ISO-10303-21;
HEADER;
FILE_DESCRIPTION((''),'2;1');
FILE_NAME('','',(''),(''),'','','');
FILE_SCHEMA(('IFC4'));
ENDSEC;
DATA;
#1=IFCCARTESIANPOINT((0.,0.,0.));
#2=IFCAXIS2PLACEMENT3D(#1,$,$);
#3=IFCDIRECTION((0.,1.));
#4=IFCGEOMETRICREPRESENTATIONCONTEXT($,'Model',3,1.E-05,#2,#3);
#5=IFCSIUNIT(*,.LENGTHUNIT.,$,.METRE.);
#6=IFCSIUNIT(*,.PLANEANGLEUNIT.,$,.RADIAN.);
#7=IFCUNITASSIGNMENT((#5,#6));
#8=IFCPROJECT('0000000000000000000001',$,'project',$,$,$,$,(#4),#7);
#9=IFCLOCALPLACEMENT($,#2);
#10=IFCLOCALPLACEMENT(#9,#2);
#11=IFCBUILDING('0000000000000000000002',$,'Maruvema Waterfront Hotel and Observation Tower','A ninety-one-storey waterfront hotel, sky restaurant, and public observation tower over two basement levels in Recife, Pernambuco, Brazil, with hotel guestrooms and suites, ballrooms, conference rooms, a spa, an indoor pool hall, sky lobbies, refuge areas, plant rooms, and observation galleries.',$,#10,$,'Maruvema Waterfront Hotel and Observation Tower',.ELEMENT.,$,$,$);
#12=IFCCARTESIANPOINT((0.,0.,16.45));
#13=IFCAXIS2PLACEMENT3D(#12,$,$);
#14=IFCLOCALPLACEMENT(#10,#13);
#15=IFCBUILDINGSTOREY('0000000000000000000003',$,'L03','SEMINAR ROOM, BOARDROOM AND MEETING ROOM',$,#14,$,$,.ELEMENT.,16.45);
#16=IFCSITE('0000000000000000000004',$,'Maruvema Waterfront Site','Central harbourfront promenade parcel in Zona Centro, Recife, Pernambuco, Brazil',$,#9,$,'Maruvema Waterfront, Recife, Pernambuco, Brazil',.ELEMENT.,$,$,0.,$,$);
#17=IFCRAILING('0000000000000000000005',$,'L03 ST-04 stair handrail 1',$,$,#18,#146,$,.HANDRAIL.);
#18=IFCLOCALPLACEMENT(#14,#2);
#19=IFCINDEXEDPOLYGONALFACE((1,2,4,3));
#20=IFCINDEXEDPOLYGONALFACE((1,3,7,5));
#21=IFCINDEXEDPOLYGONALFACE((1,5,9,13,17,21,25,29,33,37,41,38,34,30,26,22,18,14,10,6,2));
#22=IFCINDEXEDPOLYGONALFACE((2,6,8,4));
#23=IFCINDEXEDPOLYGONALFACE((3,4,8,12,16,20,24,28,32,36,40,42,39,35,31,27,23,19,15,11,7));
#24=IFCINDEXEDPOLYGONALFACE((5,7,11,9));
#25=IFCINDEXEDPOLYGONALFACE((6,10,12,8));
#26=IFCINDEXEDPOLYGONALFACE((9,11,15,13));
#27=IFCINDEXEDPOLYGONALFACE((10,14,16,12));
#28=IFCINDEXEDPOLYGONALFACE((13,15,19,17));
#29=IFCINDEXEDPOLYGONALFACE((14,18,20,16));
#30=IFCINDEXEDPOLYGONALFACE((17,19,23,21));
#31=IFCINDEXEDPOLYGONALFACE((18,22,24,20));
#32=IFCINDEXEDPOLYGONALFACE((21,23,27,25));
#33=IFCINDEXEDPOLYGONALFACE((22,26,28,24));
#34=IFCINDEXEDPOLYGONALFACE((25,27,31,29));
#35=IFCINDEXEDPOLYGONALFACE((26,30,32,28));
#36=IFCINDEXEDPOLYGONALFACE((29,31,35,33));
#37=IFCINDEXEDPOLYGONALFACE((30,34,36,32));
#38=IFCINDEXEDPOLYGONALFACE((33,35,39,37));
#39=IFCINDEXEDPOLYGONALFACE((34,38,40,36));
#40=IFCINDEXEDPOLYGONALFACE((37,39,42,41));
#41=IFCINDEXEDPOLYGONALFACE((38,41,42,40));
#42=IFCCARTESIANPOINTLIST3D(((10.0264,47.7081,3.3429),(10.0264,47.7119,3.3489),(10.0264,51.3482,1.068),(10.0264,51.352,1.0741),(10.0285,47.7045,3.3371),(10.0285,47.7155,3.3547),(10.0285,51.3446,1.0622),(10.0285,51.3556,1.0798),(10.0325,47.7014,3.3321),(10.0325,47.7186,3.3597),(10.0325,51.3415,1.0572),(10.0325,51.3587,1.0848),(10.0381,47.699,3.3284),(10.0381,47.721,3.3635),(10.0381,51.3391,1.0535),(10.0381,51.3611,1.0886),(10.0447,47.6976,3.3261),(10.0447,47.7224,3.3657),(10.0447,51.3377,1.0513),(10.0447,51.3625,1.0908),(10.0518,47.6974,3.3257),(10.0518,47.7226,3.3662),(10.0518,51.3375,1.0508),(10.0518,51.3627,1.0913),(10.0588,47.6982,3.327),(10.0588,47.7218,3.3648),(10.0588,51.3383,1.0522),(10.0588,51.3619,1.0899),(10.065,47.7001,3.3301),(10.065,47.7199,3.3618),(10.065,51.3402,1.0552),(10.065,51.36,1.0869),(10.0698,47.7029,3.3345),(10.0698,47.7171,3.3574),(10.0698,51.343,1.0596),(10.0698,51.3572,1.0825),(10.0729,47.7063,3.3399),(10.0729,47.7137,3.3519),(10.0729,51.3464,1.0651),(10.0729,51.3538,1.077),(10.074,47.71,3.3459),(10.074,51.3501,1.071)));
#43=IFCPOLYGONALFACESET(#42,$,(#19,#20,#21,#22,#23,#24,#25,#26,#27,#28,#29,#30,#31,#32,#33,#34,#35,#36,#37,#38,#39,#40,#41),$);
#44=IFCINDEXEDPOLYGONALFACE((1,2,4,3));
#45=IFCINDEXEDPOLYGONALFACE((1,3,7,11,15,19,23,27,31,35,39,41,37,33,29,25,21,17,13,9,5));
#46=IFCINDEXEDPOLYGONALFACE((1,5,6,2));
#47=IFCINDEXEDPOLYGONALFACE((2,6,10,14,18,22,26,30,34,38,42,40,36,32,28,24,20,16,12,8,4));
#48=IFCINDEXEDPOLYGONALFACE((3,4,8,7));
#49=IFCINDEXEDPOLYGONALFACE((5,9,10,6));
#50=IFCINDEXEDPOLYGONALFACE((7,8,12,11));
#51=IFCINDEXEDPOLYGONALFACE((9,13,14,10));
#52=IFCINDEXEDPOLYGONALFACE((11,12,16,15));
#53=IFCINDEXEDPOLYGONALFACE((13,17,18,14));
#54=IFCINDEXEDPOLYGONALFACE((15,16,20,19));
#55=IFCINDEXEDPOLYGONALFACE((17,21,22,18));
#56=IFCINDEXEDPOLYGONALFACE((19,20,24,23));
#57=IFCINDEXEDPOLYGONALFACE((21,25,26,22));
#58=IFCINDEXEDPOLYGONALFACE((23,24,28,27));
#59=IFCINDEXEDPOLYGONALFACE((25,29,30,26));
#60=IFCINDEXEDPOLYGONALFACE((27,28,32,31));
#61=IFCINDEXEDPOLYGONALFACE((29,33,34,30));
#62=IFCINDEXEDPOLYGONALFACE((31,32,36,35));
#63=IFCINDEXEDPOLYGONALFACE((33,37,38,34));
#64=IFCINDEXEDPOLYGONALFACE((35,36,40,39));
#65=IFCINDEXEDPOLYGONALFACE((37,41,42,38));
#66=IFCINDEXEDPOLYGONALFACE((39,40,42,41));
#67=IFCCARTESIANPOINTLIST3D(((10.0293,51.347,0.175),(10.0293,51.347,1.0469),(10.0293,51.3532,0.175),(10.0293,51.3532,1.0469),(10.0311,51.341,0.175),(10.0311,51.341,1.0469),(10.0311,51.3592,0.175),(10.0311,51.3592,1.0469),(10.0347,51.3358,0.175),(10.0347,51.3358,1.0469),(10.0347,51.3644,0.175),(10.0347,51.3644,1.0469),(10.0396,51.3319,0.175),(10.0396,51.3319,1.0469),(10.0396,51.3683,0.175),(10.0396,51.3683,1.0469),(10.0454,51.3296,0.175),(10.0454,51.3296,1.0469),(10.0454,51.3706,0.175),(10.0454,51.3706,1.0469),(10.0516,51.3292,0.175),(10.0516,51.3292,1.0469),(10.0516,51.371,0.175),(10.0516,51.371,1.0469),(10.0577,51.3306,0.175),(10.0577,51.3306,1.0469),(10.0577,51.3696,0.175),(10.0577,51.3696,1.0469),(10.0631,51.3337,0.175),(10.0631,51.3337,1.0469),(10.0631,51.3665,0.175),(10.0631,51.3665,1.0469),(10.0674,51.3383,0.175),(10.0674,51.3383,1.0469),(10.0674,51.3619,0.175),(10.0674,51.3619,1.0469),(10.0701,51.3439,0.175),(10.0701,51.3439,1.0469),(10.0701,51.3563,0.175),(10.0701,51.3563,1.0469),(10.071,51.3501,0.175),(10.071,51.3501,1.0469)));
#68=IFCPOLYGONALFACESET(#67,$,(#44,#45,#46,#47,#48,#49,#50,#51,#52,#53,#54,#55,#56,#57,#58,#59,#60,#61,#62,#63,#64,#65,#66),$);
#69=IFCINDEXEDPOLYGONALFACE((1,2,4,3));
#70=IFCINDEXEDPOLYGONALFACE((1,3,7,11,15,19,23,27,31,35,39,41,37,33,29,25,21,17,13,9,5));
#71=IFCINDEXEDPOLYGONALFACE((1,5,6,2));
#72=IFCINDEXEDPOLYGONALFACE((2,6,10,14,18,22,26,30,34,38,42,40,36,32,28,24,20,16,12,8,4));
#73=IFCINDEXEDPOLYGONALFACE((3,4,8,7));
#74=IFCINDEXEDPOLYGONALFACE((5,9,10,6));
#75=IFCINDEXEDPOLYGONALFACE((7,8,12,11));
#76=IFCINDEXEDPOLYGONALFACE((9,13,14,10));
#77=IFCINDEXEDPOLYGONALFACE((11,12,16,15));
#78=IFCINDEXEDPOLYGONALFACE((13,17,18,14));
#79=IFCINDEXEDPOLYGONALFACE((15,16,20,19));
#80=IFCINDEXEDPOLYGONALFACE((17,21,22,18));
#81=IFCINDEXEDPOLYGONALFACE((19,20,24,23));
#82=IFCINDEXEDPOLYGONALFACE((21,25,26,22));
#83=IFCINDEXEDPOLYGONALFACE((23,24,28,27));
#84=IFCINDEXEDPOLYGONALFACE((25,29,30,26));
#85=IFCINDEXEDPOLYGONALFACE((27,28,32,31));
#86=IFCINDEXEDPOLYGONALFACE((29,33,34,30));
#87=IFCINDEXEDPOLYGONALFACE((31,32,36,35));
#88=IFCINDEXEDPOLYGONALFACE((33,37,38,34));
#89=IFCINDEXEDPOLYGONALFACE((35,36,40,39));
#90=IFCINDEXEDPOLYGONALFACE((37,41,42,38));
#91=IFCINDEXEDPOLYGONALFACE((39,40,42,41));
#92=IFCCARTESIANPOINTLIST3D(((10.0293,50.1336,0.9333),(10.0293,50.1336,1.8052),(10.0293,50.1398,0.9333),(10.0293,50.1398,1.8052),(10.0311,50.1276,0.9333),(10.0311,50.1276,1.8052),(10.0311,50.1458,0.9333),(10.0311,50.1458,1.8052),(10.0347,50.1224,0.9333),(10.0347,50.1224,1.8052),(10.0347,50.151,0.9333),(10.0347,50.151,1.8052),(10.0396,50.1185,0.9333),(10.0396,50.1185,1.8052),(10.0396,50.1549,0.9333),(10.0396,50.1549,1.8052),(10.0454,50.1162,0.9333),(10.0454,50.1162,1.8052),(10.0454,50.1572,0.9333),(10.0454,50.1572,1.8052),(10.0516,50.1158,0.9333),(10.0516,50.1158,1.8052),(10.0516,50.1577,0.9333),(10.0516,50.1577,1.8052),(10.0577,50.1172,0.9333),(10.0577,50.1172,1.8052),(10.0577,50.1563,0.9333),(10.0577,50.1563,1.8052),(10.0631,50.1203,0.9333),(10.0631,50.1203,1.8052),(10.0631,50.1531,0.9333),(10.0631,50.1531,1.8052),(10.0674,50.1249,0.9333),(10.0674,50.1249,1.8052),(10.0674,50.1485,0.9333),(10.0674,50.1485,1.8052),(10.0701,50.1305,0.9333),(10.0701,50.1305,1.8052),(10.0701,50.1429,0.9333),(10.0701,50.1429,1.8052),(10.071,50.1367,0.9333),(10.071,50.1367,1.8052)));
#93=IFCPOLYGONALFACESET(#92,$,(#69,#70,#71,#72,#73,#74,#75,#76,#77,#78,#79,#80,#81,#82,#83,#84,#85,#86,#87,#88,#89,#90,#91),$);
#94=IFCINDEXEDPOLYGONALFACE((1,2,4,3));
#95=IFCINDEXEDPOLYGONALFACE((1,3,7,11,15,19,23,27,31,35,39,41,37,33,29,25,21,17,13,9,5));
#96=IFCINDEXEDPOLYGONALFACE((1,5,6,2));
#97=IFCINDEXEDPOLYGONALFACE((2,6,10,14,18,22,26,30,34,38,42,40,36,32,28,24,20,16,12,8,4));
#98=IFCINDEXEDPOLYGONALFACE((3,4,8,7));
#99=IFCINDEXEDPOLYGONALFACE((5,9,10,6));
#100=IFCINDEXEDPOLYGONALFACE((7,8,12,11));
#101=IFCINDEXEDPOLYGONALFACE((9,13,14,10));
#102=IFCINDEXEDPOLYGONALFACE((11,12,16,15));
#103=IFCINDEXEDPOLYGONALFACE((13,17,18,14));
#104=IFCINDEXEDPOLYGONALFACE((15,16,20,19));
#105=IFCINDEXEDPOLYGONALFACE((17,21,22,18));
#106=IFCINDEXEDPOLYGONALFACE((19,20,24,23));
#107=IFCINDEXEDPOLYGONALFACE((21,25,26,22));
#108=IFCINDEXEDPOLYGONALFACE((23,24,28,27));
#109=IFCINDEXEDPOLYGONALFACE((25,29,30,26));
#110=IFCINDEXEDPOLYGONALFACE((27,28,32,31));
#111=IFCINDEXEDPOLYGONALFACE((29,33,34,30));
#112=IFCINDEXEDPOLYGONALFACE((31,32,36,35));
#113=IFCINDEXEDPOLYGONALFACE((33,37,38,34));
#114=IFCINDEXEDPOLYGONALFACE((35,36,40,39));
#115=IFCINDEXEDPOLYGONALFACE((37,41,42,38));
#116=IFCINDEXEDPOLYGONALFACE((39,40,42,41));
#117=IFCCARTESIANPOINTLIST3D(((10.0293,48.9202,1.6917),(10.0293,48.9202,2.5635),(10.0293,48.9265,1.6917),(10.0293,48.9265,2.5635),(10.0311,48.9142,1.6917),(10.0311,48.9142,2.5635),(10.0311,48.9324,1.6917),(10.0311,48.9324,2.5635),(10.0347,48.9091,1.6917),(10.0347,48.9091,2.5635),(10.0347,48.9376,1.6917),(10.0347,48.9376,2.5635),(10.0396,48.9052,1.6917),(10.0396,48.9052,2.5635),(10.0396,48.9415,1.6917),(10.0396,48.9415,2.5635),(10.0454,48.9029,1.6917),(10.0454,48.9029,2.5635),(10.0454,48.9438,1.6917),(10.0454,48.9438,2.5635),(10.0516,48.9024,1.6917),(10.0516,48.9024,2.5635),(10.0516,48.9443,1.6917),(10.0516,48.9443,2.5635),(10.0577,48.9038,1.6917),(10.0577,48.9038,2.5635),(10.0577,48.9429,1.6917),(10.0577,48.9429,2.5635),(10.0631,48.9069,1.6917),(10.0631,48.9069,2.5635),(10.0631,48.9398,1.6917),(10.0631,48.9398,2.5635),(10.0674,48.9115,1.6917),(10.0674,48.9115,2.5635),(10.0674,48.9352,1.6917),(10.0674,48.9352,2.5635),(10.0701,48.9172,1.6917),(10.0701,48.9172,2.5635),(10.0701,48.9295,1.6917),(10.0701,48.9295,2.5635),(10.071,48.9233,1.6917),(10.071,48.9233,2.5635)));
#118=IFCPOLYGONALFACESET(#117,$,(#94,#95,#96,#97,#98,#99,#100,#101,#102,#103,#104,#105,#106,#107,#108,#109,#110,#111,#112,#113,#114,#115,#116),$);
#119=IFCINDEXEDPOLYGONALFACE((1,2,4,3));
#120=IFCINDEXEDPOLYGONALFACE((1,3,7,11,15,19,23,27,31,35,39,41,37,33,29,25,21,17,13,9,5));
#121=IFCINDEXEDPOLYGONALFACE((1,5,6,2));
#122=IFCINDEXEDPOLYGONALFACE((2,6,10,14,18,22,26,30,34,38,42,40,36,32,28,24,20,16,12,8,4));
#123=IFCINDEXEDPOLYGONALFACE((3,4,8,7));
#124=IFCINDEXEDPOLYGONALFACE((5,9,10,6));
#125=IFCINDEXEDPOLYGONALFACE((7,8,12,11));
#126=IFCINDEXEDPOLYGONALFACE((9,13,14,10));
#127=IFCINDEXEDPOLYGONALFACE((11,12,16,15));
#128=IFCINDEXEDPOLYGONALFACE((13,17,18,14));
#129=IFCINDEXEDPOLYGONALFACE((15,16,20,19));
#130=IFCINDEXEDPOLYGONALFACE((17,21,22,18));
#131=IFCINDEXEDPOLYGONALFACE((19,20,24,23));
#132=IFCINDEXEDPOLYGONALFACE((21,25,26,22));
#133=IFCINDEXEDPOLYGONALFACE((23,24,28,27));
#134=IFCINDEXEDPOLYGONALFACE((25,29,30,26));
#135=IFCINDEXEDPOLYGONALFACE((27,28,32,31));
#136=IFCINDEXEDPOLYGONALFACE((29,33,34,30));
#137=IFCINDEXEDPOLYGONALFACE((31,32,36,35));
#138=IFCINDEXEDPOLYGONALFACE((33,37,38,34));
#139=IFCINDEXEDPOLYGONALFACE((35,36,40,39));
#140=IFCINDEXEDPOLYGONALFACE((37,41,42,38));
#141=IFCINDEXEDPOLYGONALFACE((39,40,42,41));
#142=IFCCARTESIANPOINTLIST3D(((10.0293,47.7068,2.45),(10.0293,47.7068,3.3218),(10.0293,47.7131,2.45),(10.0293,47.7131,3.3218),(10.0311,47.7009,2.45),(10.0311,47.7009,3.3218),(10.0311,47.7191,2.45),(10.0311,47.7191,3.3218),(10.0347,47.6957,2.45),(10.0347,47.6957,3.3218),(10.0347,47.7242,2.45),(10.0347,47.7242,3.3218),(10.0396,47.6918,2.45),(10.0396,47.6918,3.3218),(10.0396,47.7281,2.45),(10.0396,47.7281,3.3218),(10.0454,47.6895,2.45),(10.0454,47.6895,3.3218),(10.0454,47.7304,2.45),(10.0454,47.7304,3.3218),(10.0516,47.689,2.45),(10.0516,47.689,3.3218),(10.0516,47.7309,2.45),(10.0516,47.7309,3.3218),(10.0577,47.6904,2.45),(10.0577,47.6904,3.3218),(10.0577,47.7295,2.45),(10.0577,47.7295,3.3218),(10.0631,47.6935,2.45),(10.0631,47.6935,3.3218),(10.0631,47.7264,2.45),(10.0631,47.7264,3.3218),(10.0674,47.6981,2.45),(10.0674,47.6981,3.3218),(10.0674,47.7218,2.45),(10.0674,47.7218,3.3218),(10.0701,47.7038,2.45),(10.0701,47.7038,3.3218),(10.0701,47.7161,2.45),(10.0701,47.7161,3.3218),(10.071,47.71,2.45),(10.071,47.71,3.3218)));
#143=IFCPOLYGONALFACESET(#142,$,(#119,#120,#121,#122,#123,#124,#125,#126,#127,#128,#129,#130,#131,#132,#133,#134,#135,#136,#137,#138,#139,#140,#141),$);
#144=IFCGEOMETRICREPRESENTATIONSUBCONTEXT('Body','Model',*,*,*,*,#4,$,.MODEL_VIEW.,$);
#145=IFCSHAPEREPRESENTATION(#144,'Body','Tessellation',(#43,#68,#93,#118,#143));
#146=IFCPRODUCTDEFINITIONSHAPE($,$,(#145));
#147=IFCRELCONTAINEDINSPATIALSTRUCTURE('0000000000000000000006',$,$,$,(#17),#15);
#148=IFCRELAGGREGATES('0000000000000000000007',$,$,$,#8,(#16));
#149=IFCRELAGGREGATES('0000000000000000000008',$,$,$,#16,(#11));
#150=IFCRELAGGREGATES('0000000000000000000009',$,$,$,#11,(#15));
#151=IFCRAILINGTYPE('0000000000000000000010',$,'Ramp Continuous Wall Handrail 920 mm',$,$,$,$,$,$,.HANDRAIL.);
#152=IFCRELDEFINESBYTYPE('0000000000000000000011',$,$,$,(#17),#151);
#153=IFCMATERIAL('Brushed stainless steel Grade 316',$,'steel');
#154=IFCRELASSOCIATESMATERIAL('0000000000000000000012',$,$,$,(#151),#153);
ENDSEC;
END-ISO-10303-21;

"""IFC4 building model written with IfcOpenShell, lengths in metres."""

from ifc_helpers import new_model, si_unit, direction, frame, origin, origin_2d, place, context, subcontext, project, spatial, circle, extrude, material, type_object, element, save


model = new_model("IFC4")

# Units and contexts
model_context = context("Model", 3, precision=1e-05, world=origin(), true_north=direction((0.0, 1.0)))
body_context = subcontext(model_context, "Body", "Model", "MODEL_VIEW")
ifc_project = project(units=[si_unit("LENGTHUNIT", "METRE"), si_unit("PLANEANGLEUNIT", "RADIAN")], contexts=[model_context])

# Site, building, storey
site_placement = place(None, origin())
site = spatial("IfcSite", under=ifc_project, at=site_placement, Name="Maruvema Waterfront Site", Description="Central harbourfront promenade parcel in Zona Centro, Recife, Pernambuco, Brazil", LongName="Maruvema Waterfront, Recife, Pernambuco, Brazil", CompositionType="ELEMENT", RefElevation=0.0)
building_placement = place(site_placement, origin())
building = spatial("IfcBuilding", under=site, at=building_placement, Name="Maruvema Waterfront Hotel and Observation Tower", Description="A ninety-one-storey waterfront hotel, sky restaurant, and public observation tower over two basement levels in Recife, Pernambuco, Brazil, with hotel guestrooms and suites, ballrooms, conference rooms, a spa, an indoor pool hall, sky lobbies, refuge areas, plant rooms, and observation galleries.", LongName="Maruvema Waterfront Hotel and Observation Tower", CompositionType="ELEMENT")
storey_placement = place(building_placement, frame((0.0, 0.0, 16.45)))
storey = spatial("IfcBuildingStorey", under=building, at=storey_placement, Name="L03", Description="SEMINAR ROOM, BOARDROOM AND MEETING ROOM", CompositionType="ELEMENT", Elevation=16.45)

# Railing
ifc_material_1 = material(Name="Brushed stainless steel Grade 316", Category="steel")
railing_type_1 = type_object("IfcRailingType", Name="Ramp Continuous Wall Handrail 920 mm", PredefinedType="HANDRAIL", material=ifc_material_1)
railing_1_placement = place(storey_placement, frame((10.05, 51.3501, 0.175)))
element("IfcRailing", 1, at=railing_1_placement, inside=storey, type_object=railing_type_1, Name="L03 ST-04 stair handrail 1", PredefinedType="HANDRAIL", context=body_context, shape_type="SweptSolid", body=[
    extrude(circle(Radius=0.0239, at=origin_2d()), frame((0.0, 0.0, 0.896), z_axis=(0.0, -0.848017, 0.529968), x_axis=(1.0, 0.0, 0.0)), (0.0, 0.0, 1.0), 4.2925),
    extrude(circle(Radius=0.021, at=origin_2d()), origin(), (0.0, 0.0, 1.0), 0.8718),
    extrude(circle(Radius=0.021, at=origin_2d()), frame((0.0, -1.2134, 0.7583)), (0.0, 0.0, 1.0), 0.8718),
    extrude(circle(Radius=0.021, at=origin_2d()), frame((0.0, -2.4268, 1.5166)), (0.0, 0.0, 1.0), 0.8718),
    extrude(circle(Radius=0.021, at=origin_2d()), frame((0.0, -3.6401, 2.2749)), (0.0, 0.0, 1.0), 0.8718),
])

save(model, "model.ifc")
